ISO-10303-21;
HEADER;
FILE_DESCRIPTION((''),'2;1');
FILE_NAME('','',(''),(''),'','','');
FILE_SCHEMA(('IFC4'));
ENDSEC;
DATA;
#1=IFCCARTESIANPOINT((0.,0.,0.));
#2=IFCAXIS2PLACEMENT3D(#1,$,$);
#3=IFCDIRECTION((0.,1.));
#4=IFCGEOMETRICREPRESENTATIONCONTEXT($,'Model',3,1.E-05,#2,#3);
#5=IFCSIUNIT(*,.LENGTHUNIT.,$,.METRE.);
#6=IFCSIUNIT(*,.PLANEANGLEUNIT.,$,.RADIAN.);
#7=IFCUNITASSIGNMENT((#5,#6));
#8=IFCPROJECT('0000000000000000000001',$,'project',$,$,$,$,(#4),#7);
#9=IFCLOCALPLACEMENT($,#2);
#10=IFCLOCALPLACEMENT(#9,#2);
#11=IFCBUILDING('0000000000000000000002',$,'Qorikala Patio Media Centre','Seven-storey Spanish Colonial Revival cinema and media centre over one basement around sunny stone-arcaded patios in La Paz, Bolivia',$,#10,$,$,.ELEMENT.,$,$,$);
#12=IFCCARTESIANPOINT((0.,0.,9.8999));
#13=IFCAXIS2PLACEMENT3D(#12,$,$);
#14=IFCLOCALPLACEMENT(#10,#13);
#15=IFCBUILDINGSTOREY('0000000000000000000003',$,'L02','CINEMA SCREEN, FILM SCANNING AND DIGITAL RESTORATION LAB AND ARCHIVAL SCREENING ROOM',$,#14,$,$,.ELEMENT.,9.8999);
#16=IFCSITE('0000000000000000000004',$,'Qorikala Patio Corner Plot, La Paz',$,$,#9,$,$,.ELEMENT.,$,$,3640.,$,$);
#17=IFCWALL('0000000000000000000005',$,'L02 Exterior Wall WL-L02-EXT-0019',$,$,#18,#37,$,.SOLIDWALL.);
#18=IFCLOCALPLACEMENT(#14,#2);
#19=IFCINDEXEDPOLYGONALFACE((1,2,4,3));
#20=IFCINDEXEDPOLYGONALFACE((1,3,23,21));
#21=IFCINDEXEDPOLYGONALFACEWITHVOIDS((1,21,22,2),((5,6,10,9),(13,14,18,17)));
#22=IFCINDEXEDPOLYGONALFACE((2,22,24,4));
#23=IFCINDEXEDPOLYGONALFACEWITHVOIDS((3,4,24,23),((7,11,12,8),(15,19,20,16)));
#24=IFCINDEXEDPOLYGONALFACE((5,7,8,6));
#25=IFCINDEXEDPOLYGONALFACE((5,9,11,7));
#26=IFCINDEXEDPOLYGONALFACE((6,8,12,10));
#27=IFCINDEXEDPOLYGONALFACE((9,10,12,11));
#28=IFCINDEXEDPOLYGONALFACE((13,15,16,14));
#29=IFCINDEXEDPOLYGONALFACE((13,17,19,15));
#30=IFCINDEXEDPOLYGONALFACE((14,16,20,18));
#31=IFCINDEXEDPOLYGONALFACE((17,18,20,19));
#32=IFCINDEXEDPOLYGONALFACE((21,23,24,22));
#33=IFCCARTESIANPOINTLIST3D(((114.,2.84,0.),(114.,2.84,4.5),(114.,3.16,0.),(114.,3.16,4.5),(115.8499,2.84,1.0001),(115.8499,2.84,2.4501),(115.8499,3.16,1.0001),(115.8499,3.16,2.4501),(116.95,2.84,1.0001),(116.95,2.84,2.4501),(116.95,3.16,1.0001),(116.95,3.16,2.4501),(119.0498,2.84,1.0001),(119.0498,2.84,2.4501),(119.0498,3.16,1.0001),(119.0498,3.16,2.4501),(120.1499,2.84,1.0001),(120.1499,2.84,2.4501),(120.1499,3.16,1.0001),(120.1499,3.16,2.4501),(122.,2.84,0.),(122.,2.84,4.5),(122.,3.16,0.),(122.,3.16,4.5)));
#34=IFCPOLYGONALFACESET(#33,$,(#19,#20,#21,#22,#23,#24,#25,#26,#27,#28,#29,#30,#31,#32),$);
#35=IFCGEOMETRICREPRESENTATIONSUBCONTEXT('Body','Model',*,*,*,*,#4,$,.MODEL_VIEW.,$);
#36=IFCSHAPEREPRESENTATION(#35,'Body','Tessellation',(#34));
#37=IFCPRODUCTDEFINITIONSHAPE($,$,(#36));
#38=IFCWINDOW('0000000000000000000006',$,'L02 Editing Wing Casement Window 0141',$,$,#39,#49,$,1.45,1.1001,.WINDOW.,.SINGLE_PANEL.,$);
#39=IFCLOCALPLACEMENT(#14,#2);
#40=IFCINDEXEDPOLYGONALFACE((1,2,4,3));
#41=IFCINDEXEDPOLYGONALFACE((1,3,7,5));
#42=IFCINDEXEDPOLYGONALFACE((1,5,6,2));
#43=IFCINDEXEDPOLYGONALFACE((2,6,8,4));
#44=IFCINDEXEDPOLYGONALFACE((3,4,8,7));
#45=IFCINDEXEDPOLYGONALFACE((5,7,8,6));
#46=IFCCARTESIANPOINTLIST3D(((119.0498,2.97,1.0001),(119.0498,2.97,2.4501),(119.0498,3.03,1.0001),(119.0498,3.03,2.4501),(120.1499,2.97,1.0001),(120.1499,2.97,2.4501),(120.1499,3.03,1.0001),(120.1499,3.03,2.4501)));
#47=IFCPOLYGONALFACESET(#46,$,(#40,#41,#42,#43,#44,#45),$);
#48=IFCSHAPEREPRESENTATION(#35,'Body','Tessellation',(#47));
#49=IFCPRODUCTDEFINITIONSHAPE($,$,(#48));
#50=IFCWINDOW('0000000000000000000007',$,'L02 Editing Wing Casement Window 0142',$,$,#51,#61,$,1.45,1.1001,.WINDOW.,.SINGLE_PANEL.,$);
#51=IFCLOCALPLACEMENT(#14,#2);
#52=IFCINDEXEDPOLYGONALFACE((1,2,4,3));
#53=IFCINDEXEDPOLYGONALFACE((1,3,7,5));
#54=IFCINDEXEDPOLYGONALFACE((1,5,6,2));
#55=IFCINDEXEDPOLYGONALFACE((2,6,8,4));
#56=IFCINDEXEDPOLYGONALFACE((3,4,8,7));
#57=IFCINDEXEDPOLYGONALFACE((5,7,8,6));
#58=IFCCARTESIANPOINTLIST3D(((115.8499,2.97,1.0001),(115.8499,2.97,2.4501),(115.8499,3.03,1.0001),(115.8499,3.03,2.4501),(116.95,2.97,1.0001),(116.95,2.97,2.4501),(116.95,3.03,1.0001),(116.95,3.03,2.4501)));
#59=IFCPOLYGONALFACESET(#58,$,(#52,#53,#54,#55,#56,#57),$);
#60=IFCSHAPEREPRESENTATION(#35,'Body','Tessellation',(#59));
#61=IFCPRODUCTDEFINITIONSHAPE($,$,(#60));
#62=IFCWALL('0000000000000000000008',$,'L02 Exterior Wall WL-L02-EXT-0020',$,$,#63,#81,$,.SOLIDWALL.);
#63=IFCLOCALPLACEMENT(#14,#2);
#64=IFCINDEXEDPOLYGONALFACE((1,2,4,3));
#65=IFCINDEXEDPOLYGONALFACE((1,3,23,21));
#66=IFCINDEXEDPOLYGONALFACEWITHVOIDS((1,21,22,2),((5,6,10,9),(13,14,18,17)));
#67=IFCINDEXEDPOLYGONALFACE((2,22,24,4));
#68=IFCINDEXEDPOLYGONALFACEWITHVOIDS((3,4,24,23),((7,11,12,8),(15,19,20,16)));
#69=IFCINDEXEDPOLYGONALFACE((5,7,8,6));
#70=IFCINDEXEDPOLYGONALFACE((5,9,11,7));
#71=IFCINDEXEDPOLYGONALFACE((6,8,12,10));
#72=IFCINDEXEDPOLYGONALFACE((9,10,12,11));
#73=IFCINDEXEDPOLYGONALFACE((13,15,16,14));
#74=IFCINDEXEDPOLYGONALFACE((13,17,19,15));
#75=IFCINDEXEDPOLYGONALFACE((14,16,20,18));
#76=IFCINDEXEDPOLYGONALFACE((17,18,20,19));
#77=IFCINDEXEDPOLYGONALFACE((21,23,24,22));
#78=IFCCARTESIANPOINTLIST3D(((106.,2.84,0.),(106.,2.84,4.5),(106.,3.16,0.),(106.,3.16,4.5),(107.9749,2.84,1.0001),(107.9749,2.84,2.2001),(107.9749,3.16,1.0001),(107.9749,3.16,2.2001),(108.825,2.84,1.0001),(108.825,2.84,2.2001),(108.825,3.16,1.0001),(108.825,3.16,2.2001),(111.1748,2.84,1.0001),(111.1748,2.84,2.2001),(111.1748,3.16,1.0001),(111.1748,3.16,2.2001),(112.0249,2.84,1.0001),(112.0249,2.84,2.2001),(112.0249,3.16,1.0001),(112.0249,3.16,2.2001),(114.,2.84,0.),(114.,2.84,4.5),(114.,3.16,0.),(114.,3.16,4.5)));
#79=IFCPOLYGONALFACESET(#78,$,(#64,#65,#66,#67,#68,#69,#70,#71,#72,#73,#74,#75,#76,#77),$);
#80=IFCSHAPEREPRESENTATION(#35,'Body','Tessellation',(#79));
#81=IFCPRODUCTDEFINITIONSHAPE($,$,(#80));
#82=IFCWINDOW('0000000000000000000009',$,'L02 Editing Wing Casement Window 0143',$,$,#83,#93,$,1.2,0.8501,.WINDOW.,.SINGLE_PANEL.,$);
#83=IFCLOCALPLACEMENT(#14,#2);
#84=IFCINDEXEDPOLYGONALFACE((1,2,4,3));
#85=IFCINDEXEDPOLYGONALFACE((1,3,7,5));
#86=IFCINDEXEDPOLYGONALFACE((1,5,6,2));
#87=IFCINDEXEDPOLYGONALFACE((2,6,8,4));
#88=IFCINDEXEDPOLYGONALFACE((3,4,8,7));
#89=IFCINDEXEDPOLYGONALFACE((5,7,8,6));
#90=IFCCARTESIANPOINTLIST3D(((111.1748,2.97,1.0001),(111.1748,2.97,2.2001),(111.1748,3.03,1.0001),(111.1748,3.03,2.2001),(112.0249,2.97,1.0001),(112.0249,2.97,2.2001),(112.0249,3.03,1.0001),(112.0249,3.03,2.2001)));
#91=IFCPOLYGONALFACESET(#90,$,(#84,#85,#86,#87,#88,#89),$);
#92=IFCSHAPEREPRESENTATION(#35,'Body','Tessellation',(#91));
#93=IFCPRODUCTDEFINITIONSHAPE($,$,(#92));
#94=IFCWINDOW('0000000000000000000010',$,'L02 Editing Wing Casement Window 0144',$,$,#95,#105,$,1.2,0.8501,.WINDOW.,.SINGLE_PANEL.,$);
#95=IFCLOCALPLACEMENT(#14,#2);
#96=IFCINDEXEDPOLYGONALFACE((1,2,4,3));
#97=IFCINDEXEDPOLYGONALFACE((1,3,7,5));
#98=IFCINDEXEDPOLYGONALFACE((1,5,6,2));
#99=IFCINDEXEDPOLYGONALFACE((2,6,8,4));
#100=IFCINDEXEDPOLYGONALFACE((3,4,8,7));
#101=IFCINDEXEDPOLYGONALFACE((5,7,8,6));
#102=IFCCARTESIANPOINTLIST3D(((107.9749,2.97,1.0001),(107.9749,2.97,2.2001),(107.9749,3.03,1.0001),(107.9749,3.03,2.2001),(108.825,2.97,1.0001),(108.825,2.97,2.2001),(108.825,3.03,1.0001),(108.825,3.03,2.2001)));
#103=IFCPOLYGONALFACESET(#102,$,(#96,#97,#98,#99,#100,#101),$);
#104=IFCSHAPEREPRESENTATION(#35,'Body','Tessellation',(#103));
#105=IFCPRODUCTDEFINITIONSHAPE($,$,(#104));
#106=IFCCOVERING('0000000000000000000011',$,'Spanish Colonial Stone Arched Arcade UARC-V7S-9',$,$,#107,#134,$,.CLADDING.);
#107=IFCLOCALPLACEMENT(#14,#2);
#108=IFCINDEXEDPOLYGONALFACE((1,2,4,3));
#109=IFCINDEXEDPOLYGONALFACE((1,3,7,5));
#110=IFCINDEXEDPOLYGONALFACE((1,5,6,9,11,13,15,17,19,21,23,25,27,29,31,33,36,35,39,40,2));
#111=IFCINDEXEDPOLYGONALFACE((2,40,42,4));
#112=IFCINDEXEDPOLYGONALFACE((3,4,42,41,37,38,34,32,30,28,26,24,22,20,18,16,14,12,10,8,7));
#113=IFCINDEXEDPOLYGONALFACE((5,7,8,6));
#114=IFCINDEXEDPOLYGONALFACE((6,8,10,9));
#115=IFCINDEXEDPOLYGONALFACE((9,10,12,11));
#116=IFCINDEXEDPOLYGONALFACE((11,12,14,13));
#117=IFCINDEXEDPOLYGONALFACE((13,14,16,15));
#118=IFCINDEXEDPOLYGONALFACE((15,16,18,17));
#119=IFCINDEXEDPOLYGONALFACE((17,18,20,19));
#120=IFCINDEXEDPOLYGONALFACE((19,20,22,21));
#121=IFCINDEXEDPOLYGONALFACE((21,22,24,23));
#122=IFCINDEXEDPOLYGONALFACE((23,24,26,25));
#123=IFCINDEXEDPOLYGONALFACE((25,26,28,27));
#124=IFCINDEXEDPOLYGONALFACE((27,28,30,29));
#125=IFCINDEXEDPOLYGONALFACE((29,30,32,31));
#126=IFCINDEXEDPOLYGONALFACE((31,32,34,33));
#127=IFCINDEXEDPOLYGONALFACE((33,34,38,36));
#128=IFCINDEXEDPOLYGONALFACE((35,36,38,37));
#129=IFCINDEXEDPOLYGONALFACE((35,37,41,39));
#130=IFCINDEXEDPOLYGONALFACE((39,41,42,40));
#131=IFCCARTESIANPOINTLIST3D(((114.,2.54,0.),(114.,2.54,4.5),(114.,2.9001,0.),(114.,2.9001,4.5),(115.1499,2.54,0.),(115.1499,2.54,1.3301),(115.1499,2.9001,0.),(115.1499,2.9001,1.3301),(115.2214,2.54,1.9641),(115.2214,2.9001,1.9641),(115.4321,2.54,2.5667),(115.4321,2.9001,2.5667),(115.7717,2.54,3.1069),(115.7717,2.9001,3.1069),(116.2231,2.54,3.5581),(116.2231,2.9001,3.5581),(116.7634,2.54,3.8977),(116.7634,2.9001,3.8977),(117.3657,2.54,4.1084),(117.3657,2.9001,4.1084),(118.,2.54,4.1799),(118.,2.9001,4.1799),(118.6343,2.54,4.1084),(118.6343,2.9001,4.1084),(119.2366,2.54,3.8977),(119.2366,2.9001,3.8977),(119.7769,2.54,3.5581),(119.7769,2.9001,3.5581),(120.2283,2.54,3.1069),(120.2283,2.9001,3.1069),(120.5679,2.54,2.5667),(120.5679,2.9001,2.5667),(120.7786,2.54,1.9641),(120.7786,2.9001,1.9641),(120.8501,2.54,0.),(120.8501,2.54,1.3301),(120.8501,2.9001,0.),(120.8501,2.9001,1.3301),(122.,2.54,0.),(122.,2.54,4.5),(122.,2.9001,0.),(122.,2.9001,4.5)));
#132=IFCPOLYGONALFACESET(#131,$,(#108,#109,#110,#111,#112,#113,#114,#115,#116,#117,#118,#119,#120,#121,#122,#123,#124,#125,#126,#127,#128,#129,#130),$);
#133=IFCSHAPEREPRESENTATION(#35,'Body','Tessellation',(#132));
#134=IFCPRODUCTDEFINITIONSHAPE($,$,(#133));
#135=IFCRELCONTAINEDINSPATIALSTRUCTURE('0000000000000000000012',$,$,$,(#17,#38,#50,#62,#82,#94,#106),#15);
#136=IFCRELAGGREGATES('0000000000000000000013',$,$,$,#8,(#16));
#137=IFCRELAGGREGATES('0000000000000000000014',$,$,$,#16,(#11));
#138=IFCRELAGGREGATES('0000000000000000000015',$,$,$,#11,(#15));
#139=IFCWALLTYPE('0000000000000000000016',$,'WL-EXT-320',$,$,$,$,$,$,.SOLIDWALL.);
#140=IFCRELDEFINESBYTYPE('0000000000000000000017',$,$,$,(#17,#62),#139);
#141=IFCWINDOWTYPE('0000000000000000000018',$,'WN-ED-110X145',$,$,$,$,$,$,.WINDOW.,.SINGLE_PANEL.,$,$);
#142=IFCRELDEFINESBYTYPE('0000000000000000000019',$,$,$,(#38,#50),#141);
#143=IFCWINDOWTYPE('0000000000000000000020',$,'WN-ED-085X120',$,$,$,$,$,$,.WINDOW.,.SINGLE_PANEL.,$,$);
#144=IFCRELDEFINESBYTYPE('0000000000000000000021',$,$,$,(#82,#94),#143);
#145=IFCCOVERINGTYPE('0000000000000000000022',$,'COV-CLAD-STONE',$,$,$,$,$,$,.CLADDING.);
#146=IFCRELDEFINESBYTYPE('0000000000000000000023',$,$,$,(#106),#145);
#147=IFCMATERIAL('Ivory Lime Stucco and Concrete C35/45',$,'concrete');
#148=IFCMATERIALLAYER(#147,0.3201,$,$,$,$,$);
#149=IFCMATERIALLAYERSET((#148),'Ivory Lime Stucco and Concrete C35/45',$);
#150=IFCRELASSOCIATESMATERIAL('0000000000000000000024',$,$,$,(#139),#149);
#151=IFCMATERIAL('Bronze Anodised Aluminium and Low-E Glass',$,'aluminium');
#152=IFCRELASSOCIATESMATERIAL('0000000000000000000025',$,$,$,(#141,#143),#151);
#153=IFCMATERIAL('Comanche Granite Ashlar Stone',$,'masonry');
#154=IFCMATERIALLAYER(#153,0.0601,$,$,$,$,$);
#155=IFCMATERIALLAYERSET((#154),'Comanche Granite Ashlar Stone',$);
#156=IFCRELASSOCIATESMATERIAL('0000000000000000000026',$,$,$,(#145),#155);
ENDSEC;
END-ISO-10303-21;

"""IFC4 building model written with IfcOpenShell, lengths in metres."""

from ifc_helpers import new_model, si_unit, direction, frame, frame_2d, origin, place, context, subcontext, project, spatial, polyline, rectangle, outline, extrude, material, layer, layer_set, type_object, element, fill, save


model = new_model("IFC4")

# Units and contexts
model_context = context("Model", 3, precision=1e-05, world=origin(), true_north=direction((0.0, 1.0)))
body_context = subcontext(model_context, "Body", "Model", "MODEL_VIEW")
ifc_project = project(units=[si_unit("LENGTHUNIT", "METRE"), si_unit("PLANEANGLEUNIT", "RADIAN")], contexts=[model_context])

# Site, building, storey
site_placement = place(None, origin())
site = spatial("IfcSite", under=ifc_project, at=site_placement, Name="Qorikala Patio Corner Plot, La Paz", CompositionType="ELEMENT", RefElevation=3640.0)
building_placement = place(site_placement, origin())
building = spatial("IfcBuilding", under=site, at=building_placement, Name="Qorikala Patio Media Centre", Description="Seven-storey Spanish Colonial Revival cinema and media centre over one basement around sunny stone-arcaded patios in La Paz, Bolivia", CompositionType="ELEMENT")
storey_placement = place(building_placement, frame((0.0, 0.0, 9.8999)))
storey = spatial("IfcBuildingStorey", under=building, at=storey_placement, Name="L02", Description="CINEMA SCREEN, FILM SCANNING AND DIGITAL RESTORATION LAB AND ARCHIVAL SCREENING ROOM", CompositionType="ELEMENT", Elevation=9.8999)

# Walls, openings, windows
ifc_material_1 = material(Name="Ivory Lime Stucco and Concrete C35/45", Category="concrete")
ifc_layer_1 = layer(ifc_material_1, 0.3201)
ifc_layer_set_1 = layer_set([ifc_layer_1], Name="Ivory Lime Stucco and Concrete C35/45")
wall_type_1 = type_object("IfcWallType", Name="WL-EXT-320", PredefinedType="SOLIDWALL", material=ifc_layer_set_1)
wall_1_placement = place(storey_placement, frame((122.0, 3.0, 0.0), z_axis=(0.0, 0.0, 1.0), x_axis=(-1.0, 0.0, 0.0)))
wall_1 = element("IfcWall", 1, at=wall_1_placement, inside=storey, type_object=wall_type_1, Name="L02 Exterior Wall WL-L02-EXT-0019", PredefinedType="SOLIDWALL", context=body_context, shape_type="SweptSolid", body=[
    extrude(rectangle(XDim=8.0, YDim=0.3201, at=frame_2d((4.0, 0.0))), origin(), (0.0, 0.0, 1.0), 4.5),
])
opening_1_placement = place(wall_1_placement, frame((1.8501, 0.0, 1.0)))
opening_1 = element("IfcOpeningElement", 2, at=opening_1_placement, cuts=wall_1, PredefinedType="OPENING", context=body_context, shape_type="SweptSolid", body=[
    extrude(rectangle(XDim=1.1001, YDim=1.45, at=frame_2d((0.55, 0.7251))), frame((0.0, 0.1699, 0.0), z_axis=(0.0, -1.0, 0.0), x_axis=(1.0, 0.0, 0.0)), (0.0, 0.0, 1.0), 0.3401),
])
opening_2_placement = place(wall_1_placement, frame((5.05, 0.0, 1.0)))
opening_2 = element("IfcOpeningElement", 3, at=opening_2_placement, cuts=wall_1, PredefinedType="OPENING", context=body_context, shape_type="SweptSolid", body=[
    extrude(rectangle(XDim=1.1001, YDim=1.45, at=frame_2d((0.55, 0.7251))), frame((0.0, 0.1699, 0.0), z_axis=(0.0, -1.0, 0.0), x_axis=(1.0, 0.0, 0.0)), (0.0, 0.0, 1.0), 0.3401),
])
ifc_material_2 = material(Name="Bronze Anodised Aluminium and Low-E Glass", Category="aluminium")
window_type_1 = type_object("IfcWindowType", Name="WN-ED-110X145", PartitioningType="SINGLE_PANEL", PredefinedType="WINDOW", material=ifc_material_2)
window_1_placement = place(opening_1_placement, origin())
window_1 = element("IfcWindow", 4, at=window_1_placement, inside=storey, type_object=window_type_1, Name="L02 Editing Wing Casement Window 0141", OverallHeight=1.45, OverallWidth=1.1001, PartitioningType="SINGLE_PANEL", PredefinedType="WINDOW", context=body_context, shape_type="SweptSolid", body=[
    extrude(rectangle(XDim=1.1001, YDim=1.45, at=frame_2d((0.55, 0.7251))), frame((0.0, 0.03, 0.0), z_axis=(0.0, -1.0, 0.0), x_axis=(1.0, 0.0, 0.0)), (0.0, 0.0, 1.0), 0.0601),
])
fill(opening_1, window_1)
window_2_placement = place(opening_2_placement, origin())
window_2 = element("IfcWindow", 5, at=window_2_placement, inside=storey, type_object=window_type_1, Name="L02 Editing Wing Casement Window 0142", OverallHeight=1.45, OverallWidth=1.1001, PartitioningType="SINGLE_PANEL", PredefinedType="WINDOW", context=body_context, shape_type="SweptSolid", body=[
    extrude(rectangle(XDim=1.1001, YDim=1.45, at=frame_2d((0.55, 0.7251))), frame((0.0, 0.03, 0.0), z_axis=(0.0, -1.0, 0.0), x_axis=(1.0, 0.0, 0.0)), (0.0, 0.0, 1.0), 0.0601),
])
fill(opening_2, window_2)
wall_2_placement = place(storey_placement, frame((114.0, 3.0, 0.0), z_axis=(0.0, 0.0, 1.0), x_axis=(-1.0, 0.0, 0.0)))
wall_2 = element("IfcWall", 6, at=wall_2_placement, inside=storey, type_object=wall_type_1, Name="L02 Exterior Wall WL-L02-EXT-0020", PredefinedType="SOLIDWALL", context=body_context, shape_type="SweptSolid", body=[
    extrude(rectangle(XDim=8.0, YDim=0.3201, at=frame_2d((4.0, 0.0))), origin(), (0.0, 0.0, 1.0), 4.5),
])
opening_3_placement = place(wall_2_placement, frame((1.9751, 0.0, 1.0)))
opening_3 = element("IfcOpeningElement", 7, at=opening_3_placement, cuts=wall_2, PredefinedType="OPENING", context=body_context, shape_type="SweptSolid", body=[
    extrude(rectangle(XDim=0.8501, YDim=1.2, at=frame_2d((0.425, 0.6001))), frame((0.0, 0.1699, 0.0), z_axis=(0.0, -1.0, 0.0), x_axis=(1.0, 0.0, 0.0)), (0.0, 0.0, 1.0), 0.3401),
])
opening_4_placement = place(wall_2_placement, frame((5.175, 0.0, 1.0)))
opening_4 = element("IfcOpeningElement", 8, at=opening_4_placement, cuts=wall_2, PredefinedType="OPENING", context=body_context, shape_type="SweptSolid", body=[
    extrude(rectangle(XDim=0.8501, YDim=1.2, at=frame_2d((0.425, 0.6001))), frame((0.0, 0.1699, 0.0), z_axis=(0.0, -1.0, 0.0), x_axis=(1.0, 0.0, 0.0)), (0.0, 0.0, 1.0), 0.3401),
])
window_type_2 = type_object("IfcWindowType", Name="WN-ED-085X120", PartitioningType="SINGLE_PANEL", PredefinedType="WINDOW", material=ifc_material_2)
window_3_placement = place(opening_3_placement, origin())
window_3 = element("IfcWindow", 9, at=window_3_placement, inside=storey, type_object=window_type_2, Name="L02 Editing Wing Casement Window 0143", OverallHeight=1.2, OverallWidth=0.8501, PartitioningType="SINGLE_PANEL", PredefinedType="WINDOW", context=body_context, shape_type="SweptSolid", body=[
    extrude(rectangle(XDim=0.8501, YDim=1.2, at=frame_2d((0.425, 0.6001))), frame((0.0, 0.03, 0.0), z_axis=(0.0, -1.0, 0.0), x_axis=(1.0, 0.0, 0.0)), (0.0, 0.0, 1.0), 0.0601),
])
fill(opening_3, window_3)
window_4_placement = place(opening_4_placement, origin())
window_4 = element("IfcWindow", 10, at=window_4_placement, inside=storey, type_object=window_type_2, Name="L02 Editing Wing Casement Window 0144", OverallHeight=1.2, OverallWidth=0.8501, PartitioningType="SINGLE_PANEL", PredefinedType="WINDOW", context=body_context, shape_type="SweptSolid", body=[
    extrude(rectangle(XDim=0.8501, YDim=1.2, at=frame_2d((0.425, 0.6001))), frame((0.0, 0.03, 0.0), z_axis=(0.0, -1.0, 0.0), x_axis=(1.0, 0.0, 0.0)), (0.0, 0.0, 1.0), 0.0601),
])
fill(opening_4, window_4)

# Covering
ifc_material_3 = material(Name="Comanche Granite Ashlar Stone", Category="masonry")
ifc_layer_2 = layer(ifc_material_3, 0.0601)
ifc_layer_set_2 = layer_set([ifc_layer_2], Name="Comanche Granite Ashlar Stone")
covering_type = type_object("IfcCoveringType", Name="COV-CLAD-STONE", PredefinedType="CLADDING", material=ifc_layer_set_2)
covering_placement = place(storey_placement, frame((114.0, 2.72, 0.0), z_axis=(0.0, 0.0, 1.0), x_axis=(1.0, 0.0, 0.0)))
element("IfcCovering", 11, at=covering_placement, inside=storey, type_object=covering_type, Name="Spanish Colonial Stone Arched Arcade UARC-V7S-9", PredefinedType="CLADDING", context=body_context, shape_type="SweptSolid", body=[
    extrude(outline(polyline([(0.0, 0.0), (1.1499, 0.0), (1.1499, 1.3301), (1.2214, 1.9641), (1.4321, 2.5667), (1.7717, 3.1069), (2.2231, 3.5581), (2.7634, 3.8977), (3.3657, 4.1084), (4.0, 4.1799), (4.6343, 4.1084), (5.2366, 3.8977), (5.7769, 3.5581), (6.2283, 3.1069), (6.5679, 2.5667), (6.7786, 1.9641), (6.8501, 1.3301), (6.8501, 0.0), (8.0, 0.0), (8.0, 4.5), (0.0, 4.5), (0.0, 0.0)])), frame((0.0, 0.1802, 0.0), z_axis=(0.0, -1.0, 0.0), x_axis=(1.0, 0.0, 0.0)), (0.0, 0.0, 1.0), 0.3601),
])

save(model, "model.ifc")
